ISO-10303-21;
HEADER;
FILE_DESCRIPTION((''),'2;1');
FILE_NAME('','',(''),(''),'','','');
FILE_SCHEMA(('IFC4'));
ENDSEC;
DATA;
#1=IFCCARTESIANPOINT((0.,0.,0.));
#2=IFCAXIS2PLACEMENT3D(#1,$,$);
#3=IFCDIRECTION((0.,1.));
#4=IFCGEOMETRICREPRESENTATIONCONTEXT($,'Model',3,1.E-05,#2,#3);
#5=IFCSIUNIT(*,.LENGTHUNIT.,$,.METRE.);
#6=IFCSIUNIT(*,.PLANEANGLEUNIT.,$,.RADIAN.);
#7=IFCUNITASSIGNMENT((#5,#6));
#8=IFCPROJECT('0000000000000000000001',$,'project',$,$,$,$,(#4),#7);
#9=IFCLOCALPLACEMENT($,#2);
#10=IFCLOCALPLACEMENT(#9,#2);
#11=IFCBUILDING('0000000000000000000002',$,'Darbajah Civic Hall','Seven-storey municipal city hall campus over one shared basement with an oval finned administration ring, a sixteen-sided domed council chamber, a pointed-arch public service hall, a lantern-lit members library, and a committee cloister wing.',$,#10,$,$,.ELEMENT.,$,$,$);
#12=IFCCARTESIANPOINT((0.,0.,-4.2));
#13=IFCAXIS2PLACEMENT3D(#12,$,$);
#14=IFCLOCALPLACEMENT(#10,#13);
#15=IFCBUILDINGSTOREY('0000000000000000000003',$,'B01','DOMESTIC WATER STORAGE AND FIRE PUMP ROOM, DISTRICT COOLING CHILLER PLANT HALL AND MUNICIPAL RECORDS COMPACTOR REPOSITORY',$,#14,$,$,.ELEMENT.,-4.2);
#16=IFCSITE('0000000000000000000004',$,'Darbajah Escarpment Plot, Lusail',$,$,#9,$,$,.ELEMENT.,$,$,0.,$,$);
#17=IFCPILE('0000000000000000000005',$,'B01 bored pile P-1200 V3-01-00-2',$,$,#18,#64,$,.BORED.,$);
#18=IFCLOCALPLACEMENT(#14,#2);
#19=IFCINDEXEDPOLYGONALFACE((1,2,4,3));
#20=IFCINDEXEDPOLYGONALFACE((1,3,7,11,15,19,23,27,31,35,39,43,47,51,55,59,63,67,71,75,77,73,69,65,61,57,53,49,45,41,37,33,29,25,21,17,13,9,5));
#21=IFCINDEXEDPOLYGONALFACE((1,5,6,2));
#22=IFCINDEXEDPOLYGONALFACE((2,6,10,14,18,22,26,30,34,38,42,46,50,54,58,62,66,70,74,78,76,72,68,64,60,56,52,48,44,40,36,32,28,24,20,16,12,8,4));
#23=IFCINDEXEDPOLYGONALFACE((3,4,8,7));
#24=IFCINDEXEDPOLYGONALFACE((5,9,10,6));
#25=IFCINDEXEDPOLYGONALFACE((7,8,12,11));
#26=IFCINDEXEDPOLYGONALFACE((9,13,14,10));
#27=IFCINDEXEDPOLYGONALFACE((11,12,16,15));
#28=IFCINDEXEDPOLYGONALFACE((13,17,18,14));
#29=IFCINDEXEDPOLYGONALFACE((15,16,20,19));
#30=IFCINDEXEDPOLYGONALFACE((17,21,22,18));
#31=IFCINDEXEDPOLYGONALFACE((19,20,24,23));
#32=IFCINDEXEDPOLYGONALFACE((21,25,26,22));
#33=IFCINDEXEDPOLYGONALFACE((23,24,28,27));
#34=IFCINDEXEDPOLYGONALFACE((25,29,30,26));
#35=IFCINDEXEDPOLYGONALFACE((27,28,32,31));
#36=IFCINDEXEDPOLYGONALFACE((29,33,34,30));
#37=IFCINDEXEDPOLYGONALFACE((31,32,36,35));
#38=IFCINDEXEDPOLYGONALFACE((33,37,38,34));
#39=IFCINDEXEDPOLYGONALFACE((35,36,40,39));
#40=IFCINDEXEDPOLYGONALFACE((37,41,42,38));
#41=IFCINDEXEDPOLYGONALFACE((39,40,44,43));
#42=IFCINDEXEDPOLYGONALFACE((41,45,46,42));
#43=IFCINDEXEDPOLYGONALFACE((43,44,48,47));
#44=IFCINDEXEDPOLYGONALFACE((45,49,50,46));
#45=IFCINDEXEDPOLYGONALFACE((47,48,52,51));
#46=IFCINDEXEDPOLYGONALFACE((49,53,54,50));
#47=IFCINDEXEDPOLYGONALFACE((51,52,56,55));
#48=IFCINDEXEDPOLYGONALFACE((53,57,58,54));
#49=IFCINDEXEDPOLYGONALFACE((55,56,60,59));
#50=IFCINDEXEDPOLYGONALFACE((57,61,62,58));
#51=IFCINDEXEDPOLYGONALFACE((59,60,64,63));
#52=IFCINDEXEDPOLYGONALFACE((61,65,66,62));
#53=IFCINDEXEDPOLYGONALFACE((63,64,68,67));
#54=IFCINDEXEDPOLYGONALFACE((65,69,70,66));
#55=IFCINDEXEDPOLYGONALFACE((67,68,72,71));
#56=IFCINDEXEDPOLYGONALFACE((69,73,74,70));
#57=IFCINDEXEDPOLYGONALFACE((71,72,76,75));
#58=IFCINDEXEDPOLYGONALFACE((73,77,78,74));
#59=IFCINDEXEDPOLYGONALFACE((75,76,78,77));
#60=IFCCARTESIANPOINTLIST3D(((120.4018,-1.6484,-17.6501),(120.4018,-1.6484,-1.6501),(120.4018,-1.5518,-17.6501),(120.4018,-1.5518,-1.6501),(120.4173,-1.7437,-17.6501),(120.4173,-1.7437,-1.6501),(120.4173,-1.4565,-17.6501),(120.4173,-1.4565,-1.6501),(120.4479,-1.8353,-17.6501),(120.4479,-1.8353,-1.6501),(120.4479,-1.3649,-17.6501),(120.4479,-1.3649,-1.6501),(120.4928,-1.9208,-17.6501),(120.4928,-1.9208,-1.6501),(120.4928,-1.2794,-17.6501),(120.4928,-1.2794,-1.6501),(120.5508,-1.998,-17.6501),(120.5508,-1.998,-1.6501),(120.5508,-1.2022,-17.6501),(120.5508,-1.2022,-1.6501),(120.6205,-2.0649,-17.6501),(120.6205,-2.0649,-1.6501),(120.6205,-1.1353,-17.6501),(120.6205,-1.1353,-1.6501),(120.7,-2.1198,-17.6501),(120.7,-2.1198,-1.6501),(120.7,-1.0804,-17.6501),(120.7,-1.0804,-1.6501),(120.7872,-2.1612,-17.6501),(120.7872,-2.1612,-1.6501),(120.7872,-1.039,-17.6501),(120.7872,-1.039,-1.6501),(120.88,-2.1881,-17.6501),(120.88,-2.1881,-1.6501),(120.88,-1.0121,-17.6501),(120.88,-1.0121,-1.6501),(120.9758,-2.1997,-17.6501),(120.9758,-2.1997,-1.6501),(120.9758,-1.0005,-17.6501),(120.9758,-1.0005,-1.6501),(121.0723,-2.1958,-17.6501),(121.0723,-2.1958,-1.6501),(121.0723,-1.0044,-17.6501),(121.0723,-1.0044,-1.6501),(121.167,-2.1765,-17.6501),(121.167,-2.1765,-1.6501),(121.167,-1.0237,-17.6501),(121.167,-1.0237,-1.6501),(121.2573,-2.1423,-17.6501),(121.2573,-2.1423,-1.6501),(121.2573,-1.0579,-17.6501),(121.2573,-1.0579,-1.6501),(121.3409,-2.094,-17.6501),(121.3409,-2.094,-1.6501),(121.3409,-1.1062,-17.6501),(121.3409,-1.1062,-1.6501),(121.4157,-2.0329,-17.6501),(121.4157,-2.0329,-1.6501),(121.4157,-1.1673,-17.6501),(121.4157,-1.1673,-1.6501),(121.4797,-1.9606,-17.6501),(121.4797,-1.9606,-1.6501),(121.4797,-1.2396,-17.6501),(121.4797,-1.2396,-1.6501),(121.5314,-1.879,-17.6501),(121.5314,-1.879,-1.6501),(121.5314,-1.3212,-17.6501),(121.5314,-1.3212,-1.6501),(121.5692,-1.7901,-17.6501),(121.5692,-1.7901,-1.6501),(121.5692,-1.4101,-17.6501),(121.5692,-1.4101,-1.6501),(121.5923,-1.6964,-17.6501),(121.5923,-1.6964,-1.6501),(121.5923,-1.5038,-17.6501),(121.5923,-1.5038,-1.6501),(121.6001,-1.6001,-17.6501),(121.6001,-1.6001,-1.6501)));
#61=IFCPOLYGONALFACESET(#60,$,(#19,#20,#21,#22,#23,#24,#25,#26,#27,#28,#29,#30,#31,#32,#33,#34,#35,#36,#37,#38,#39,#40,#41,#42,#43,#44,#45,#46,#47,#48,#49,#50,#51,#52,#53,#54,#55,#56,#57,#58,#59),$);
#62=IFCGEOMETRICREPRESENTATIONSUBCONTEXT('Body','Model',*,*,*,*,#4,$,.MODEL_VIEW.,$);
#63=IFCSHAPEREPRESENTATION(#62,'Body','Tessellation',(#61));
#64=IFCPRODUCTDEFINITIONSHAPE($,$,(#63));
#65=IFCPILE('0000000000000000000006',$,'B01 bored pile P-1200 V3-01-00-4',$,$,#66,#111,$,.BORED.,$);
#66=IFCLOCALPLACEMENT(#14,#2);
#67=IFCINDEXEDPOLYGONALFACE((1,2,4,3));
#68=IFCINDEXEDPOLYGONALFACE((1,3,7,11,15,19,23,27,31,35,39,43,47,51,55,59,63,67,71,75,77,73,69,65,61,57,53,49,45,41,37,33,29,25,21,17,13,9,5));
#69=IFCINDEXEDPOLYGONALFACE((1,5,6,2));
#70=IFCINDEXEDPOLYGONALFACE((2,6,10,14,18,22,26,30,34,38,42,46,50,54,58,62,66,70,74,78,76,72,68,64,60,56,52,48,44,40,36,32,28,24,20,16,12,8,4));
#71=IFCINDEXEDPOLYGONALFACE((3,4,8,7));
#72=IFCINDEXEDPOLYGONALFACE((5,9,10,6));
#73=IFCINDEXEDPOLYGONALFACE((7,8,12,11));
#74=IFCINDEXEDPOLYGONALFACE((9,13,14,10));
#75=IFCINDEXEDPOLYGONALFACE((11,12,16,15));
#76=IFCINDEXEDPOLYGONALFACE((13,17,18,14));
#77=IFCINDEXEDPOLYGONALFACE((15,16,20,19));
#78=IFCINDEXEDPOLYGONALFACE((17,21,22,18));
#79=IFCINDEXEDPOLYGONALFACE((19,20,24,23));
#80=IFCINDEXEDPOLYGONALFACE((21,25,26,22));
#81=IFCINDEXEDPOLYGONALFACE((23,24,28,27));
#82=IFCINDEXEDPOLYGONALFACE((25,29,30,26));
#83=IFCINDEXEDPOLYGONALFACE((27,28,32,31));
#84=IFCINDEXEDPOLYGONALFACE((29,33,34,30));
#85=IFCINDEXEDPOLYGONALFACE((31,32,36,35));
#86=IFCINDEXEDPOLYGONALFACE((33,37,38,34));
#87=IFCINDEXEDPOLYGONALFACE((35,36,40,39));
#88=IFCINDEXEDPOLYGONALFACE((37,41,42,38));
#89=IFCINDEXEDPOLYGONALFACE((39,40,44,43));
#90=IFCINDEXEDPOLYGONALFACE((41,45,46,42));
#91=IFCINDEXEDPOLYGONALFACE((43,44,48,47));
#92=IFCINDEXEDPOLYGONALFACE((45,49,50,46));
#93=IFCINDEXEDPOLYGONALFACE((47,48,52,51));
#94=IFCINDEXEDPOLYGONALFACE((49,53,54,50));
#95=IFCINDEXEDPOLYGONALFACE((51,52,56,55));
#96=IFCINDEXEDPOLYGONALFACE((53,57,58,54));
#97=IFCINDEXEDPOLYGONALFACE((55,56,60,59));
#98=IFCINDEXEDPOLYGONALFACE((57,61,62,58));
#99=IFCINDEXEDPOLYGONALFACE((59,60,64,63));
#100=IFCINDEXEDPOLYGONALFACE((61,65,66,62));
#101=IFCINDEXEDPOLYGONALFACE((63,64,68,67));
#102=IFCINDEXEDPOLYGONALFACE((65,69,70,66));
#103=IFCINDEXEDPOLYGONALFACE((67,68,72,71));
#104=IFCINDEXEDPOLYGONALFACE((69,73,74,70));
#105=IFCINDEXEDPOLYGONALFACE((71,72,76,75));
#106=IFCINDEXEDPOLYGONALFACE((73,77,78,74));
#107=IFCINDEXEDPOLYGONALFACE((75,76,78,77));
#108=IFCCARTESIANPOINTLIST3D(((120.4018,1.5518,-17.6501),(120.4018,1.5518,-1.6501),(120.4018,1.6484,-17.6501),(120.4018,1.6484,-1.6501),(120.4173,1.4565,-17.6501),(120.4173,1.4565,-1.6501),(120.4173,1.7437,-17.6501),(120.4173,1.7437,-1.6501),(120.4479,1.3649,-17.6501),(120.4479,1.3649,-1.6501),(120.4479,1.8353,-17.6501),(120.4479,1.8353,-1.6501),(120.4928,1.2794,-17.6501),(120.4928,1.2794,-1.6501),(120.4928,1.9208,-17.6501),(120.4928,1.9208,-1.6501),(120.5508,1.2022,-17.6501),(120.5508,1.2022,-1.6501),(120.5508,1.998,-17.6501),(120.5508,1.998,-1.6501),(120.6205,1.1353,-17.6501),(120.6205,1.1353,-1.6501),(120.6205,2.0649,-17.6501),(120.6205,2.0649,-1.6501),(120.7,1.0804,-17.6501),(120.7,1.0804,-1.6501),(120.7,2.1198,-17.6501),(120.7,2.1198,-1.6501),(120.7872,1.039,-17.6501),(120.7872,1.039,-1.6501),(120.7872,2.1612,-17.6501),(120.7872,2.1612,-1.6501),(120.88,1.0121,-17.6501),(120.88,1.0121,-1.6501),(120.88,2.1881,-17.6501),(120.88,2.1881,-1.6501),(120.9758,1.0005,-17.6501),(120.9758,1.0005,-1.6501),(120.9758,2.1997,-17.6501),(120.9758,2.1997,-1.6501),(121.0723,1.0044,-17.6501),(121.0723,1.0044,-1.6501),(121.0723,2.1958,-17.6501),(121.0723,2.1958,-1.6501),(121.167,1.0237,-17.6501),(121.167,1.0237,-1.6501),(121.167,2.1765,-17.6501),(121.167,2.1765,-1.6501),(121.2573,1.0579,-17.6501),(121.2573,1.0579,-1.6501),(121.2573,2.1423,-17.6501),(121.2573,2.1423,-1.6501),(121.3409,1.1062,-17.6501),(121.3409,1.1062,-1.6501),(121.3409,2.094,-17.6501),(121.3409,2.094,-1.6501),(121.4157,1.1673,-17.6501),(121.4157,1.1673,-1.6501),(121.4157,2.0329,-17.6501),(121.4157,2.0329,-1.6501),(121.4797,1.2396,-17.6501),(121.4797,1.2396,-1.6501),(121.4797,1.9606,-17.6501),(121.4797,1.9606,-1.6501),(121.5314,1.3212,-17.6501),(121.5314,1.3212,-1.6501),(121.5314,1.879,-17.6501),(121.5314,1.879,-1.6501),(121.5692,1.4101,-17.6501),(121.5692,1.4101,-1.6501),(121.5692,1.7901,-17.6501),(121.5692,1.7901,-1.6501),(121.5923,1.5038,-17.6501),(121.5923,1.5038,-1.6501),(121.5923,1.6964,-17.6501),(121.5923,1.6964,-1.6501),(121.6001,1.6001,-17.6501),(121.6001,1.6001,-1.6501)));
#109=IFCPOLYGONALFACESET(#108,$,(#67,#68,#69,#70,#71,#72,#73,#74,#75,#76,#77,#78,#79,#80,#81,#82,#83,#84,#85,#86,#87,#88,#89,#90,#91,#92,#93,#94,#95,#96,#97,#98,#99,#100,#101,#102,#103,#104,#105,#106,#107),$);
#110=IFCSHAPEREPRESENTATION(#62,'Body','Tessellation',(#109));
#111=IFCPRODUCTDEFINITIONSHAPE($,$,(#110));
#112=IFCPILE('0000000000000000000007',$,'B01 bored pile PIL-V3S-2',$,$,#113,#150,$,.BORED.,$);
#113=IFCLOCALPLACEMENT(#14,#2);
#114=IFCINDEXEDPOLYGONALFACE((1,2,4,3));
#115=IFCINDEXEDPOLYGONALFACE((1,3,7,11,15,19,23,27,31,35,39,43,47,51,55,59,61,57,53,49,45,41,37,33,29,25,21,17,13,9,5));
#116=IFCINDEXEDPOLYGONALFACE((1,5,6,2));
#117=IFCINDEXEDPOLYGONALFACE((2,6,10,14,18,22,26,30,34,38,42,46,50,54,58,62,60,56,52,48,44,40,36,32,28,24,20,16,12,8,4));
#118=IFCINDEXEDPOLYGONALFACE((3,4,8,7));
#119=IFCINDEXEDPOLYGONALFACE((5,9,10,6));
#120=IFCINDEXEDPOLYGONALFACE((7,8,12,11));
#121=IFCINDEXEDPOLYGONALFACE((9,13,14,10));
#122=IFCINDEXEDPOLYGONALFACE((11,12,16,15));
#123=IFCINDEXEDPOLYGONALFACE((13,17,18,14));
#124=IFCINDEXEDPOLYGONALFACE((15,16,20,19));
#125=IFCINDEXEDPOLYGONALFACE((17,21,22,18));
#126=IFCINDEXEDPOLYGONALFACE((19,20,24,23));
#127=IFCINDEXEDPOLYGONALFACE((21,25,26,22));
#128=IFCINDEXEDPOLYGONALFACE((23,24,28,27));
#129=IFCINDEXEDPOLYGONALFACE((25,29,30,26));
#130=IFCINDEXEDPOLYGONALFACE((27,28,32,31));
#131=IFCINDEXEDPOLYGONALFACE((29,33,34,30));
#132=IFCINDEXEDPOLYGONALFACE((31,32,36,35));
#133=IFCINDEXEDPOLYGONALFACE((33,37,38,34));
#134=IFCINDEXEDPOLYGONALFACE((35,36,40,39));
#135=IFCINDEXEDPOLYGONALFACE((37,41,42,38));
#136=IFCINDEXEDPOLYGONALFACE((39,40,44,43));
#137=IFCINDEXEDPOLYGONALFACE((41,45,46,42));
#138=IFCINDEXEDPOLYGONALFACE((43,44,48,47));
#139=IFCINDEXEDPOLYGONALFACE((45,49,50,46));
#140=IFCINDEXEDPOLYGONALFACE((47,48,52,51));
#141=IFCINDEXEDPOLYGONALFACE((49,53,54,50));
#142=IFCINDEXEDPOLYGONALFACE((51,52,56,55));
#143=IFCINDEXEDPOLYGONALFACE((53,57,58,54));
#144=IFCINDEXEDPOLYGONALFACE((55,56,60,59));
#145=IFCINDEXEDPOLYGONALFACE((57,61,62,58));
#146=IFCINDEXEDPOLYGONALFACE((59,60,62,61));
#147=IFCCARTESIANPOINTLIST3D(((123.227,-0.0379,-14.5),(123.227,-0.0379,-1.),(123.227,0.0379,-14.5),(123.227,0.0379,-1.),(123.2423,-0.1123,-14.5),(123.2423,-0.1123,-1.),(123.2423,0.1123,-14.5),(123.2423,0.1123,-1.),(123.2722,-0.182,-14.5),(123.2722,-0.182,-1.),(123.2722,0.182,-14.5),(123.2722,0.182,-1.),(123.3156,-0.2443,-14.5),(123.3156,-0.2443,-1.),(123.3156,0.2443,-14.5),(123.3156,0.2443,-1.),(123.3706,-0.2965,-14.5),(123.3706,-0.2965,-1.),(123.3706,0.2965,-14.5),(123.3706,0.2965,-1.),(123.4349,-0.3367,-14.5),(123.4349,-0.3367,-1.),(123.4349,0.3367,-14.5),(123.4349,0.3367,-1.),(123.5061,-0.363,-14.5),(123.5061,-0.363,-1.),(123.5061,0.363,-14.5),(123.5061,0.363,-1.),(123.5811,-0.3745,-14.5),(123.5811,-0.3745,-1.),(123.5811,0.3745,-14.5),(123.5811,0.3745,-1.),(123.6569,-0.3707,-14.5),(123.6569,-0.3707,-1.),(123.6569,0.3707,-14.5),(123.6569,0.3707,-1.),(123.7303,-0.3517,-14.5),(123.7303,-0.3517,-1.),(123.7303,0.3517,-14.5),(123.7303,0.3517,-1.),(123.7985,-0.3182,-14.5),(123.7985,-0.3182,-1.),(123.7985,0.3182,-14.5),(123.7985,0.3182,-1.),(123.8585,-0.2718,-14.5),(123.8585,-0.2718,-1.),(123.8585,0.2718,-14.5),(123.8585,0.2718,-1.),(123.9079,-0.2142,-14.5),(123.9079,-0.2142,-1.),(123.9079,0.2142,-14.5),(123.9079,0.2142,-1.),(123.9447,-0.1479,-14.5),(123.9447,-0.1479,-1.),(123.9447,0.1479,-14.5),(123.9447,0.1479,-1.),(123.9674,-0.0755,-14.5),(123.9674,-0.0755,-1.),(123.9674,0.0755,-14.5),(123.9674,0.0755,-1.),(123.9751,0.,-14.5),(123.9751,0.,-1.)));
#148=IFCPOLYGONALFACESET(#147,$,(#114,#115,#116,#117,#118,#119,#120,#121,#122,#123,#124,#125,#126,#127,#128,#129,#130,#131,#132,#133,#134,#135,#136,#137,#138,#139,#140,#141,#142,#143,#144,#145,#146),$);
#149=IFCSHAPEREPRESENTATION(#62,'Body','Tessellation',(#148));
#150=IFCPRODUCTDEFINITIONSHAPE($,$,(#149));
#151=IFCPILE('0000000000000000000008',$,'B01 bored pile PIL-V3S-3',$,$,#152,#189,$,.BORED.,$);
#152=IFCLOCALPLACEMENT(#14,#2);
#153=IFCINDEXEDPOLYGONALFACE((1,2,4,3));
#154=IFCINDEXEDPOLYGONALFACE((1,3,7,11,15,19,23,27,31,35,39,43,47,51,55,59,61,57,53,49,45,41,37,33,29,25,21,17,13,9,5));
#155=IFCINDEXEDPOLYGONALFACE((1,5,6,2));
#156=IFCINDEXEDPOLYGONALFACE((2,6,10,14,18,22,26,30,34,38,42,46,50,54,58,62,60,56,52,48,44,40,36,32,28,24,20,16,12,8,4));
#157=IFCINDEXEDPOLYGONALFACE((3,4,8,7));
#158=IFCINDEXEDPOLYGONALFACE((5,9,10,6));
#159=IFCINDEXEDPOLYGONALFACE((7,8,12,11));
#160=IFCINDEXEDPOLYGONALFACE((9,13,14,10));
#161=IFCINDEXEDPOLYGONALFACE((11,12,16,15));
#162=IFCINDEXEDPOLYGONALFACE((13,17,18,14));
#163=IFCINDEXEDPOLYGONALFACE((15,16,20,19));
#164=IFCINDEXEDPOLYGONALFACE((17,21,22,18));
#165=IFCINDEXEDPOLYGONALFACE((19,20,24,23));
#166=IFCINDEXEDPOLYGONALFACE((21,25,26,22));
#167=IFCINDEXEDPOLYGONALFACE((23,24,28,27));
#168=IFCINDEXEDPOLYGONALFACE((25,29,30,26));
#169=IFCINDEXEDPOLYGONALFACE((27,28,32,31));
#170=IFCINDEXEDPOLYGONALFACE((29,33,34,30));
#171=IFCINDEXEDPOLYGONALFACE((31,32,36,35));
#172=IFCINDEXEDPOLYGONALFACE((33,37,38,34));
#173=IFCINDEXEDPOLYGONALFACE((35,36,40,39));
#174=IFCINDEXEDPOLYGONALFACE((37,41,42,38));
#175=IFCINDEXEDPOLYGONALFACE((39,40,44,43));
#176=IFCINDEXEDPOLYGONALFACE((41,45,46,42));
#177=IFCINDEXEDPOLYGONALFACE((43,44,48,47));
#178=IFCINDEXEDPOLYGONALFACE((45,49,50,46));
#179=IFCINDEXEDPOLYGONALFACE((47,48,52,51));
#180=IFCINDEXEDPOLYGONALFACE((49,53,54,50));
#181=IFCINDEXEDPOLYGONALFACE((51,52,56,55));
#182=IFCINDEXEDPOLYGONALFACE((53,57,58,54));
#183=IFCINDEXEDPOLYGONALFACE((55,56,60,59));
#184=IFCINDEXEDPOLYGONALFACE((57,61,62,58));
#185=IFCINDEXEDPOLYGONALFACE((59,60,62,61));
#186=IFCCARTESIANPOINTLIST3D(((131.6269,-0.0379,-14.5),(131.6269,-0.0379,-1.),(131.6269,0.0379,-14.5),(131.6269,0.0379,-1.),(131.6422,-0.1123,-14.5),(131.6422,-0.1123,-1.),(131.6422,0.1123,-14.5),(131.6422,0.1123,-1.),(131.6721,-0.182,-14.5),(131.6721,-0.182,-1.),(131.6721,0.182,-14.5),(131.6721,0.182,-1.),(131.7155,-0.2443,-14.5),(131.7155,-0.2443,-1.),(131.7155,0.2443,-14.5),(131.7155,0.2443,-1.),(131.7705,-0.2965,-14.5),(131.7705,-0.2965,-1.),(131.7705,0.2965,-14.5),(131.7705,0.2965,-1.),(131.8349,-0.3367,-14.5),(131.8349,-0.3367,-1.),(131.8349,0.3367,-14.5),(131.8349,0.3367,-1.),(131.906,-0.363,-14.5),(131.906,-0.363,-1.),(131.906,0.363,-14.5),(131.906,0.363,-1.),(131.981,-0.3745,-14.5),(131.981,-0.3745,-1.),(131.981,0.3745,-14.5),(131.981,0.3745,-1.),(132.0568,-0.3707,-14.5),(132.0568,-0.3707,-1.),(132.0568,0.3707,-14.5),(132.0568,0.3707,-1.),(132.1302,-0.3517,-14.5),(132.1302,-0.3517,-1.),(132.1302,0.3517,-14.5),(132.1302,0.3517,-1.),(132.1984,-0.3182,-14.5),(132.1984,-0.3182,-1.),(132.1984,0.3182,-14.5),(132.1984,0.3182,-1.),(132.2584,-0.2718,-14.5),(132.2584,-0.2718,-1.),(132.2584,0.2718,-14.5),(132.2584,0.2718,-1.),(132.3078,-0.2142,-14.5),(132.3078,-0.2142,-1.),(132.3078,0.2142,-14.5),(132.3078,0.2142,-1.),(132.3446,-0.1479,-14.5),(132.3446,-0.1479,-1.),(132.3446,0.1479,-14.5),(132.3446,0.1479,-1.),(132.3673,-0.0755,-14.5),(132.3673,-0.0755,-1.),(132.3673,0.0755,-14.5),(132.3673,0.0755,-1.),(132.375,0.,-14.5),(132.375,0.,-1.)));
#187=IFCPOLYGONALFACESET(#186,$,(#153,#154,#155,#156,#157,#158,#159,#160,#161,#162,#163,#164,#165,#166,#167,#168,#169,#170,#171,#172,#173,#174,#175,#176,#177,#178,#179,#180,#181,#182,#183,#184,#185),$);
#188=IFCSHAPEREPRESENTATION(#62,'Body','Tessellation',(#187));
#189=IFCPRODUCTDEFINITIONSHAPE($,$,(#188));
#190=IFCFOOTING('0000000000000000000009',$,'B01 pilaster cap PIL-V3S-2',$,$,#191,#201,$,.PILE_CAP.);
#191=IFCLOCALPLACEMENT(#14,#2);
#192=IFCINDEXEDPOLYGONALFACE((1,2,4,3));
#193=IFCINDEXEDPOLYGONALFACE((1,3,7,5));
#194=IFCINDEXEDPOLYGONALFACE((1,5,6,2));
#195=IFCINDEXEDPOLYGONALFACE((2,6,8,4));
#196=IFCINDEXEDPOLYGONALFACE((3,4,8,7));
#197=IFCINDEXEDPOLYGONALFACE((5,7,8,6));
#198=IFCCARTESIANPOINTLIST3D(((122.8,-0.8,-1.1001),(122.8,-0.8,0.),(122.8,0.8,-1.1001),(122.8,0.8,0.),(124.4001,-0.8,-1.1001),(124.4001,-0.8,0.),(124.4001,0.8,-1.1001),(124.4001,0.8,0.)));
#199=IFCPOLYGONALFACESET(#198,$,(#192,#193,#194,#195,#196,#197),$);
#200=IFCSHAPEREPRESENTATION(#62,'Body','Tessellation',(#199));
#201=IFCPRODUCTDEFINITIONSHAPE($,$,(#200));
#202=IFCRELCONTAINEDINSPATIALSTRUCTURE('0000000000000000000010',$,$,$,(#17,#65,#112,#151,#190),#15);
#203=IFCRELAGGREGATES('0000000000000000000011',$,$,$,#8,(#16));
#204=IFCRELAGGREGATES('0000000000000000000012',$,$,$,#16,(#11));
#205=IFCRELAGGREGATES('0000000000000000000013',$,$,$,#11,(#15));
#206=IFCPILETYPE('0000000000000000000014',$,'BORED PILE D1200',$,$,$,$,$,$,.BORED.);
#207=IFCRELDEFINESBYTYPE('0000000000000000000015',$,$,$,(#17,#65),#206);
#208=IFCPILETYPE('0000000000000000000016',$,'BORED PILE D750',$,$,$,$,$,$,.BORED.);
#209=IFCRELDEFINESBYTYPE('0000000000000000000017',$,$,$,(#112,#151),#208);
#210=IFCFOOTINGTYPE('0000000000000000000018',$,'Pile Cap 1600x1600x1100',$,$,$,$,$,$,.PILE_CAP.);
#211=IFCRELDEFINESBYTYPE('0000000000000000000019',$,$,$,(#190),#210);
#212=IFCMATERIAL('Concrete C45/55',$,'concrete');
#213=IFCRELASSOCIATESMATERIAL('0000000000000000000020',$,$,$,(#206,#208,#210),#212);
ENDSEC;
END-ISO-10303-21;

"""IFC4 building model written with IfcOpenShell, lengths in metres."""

from ifc_helpers import new_model, si_unit, direction, frame, origin, origin_2d, place, context, subcontext, project, spatial, rectangle, circle, extrude, material, material_profile, profile_set, type_object, element, save


model = new_model("IFC4")

# Units and contexts
model_context = context("Model", 3, precision=1e-05, world=origin(), true_north=direction((0.0, 1.0)))
body_context = subcontext(model_context, "Body", "Model", "MODEL_VIEW")
ifc_project = project(units=[si_unit("LENGTHUNIT", "METRE"), si_unit("PLANEANGLEUNIT", "RADIAN")], contexts=[model_context])

# Site, building, storey
site_placement = place(None, origin())
site = spatial("IfcSite", under=ifc_project, at=site_placement, Name="Darbajah Escarpment Plot, Lusail", CompositionType="ELEMENT", RefElevation=0.0)
building_placement = place(site_placement, origin())
building = spatial("IfcBuilding", under=site, at=building_placement, Name="Darbajah Civic Hall", Description="Seven-storey municipal city hall campus over one shared basement with an oval finned administration ring, a sixteen-sided domed council chamber, a pointed-arch public service hall, a lantern-lit members library, and a committee cloister wing.", CompositionType="ELEMENT")
storey_placement = place(building_placement, frame((0.0, 0.0, -4.2)))
storey = spatial("IfcBuildingStorey", under=building, at=storey_placement, Name="B01", Description="DOMESTIC WATER STORAGE AND FIRE PUMP ROOM, DISTRICT COOLING CHILLER PLANT HALL AND MUNICIPAL RECORDS COMPACTOR REPOSITORY", CompositionType="ELEMENT", Elevation=-4.2)

# Piles
ifc_material_1 = material(Name="Concrete C45/55", Category="concrete")
ifc_material_profile_1 = material_profile(ifc_material_1, circle(Radius=0.6001, at=origin_2d()), Name="BORED PILE D1200")
ifc_profile_set_1 = profile_set([ifc_material_profile_1], Name="Concrete C45/55")
pile_type_1 = type_object("IfcPileType", Name="BORED PILE D1200", PredefinedType="BORED", material=ifc_profile_set_1)
for number, where, z_axis, x_axis, name in (
    (1, (121.0, -1.6001, -1.6501), (0.0, 0.0, -1.0), (1.0, 0.0, 0.0), "B01 bored pile P-1200 V3-01-00-2"),
    (2, (121.0, 1.6001, -1.6501), (0.0, 0.0, -1.0), (1.0, 0.0, 0.0), "B01 bored pile P-1200 V3-01-00-4"),
):
    element("IfcPile", number, at=place(storey_placement, frame(where, z_axis=z_axis, x_axis=x_axis)), inside=storey, type_object=pile_type_1, Name=name, PredefinedType="BORED", context=body_context, shape_type="SweptSolid", body=[
        extrude(circle(Radius=0.6001, at=origin_2d()), origin(), (0.0, 0.0, 1.0), 16.0),
    ])
ifc_material_profile_2 = material_profile(ifc_material_1, circle(Radius=0.375, at=origin_2d()), Name="BORED PILE D750")
ifc_profile_set_2 = profile_set([ifc_material_profile_2], Name="Concrete C45/55")
pile_type_2 = type_object("IfcPileType", Name="BORED PILE D750", PredefinedType="BORED", material=ifc_profile_set_2)
for number, where, z_axis, x_axis, name in (
    (3, (123.6001, 0.0, -1.0), (0.0, 0.0, -1.0), (1.0, 0.0, 0.0), "B01 bored pile PIL-V3S-2"),
    (4, (132.0, 0.0, -1.0), (0.0, 0.0, -1.0), (1.0, 0.0, 0.0), "B01 bored pile PIL-V3S-3"),
):
    element("IfcPile", number, at=place(storey_placement, frame(where, z_axis=z_axis, x_axis=x_axis)), inside=storey, type_object=pile_type_2, Name=name, PredefinedType="BORED", context=body_context, shape_type="SweptSolid", body=[
        extrude(circle(Radius=0.375, at=origin_2d()), origin(), (0.0, 0.0, 1.0), 13.5),
    ])

# Footing
footing_type_1 = type_object("IfcFootingType", Name="Pile Cap 1600x1600x1100", PredefinedType="PILE_CAP", material=ifc_material_1)
for number, where, z_axis, x_axis, name in (
    (5, (123.6001, 0.0, -1.1001), (0.0, 0.0, 1.0), (1.0, 0.0, 0.0), "B01 pilaster cap PIL-V3S-2"),
):
    element("IfcFooting", number, at=place(storey_placement, frame(where, z_axis=z_axis, x_axis=x_axis)), inside=storey, type_object=footing_type_1, Name=name, PredefinedType="PILE_CAP", context=body_context, shape_type="SweptSolid", body=[
        extrude(rectangle(XDim=1.6001, YDim=1.6001, at=origin_2d()), origin(), (0.0, 0.0, 1.0), 1.1001),
    ])

save(model, "model.ifc")
